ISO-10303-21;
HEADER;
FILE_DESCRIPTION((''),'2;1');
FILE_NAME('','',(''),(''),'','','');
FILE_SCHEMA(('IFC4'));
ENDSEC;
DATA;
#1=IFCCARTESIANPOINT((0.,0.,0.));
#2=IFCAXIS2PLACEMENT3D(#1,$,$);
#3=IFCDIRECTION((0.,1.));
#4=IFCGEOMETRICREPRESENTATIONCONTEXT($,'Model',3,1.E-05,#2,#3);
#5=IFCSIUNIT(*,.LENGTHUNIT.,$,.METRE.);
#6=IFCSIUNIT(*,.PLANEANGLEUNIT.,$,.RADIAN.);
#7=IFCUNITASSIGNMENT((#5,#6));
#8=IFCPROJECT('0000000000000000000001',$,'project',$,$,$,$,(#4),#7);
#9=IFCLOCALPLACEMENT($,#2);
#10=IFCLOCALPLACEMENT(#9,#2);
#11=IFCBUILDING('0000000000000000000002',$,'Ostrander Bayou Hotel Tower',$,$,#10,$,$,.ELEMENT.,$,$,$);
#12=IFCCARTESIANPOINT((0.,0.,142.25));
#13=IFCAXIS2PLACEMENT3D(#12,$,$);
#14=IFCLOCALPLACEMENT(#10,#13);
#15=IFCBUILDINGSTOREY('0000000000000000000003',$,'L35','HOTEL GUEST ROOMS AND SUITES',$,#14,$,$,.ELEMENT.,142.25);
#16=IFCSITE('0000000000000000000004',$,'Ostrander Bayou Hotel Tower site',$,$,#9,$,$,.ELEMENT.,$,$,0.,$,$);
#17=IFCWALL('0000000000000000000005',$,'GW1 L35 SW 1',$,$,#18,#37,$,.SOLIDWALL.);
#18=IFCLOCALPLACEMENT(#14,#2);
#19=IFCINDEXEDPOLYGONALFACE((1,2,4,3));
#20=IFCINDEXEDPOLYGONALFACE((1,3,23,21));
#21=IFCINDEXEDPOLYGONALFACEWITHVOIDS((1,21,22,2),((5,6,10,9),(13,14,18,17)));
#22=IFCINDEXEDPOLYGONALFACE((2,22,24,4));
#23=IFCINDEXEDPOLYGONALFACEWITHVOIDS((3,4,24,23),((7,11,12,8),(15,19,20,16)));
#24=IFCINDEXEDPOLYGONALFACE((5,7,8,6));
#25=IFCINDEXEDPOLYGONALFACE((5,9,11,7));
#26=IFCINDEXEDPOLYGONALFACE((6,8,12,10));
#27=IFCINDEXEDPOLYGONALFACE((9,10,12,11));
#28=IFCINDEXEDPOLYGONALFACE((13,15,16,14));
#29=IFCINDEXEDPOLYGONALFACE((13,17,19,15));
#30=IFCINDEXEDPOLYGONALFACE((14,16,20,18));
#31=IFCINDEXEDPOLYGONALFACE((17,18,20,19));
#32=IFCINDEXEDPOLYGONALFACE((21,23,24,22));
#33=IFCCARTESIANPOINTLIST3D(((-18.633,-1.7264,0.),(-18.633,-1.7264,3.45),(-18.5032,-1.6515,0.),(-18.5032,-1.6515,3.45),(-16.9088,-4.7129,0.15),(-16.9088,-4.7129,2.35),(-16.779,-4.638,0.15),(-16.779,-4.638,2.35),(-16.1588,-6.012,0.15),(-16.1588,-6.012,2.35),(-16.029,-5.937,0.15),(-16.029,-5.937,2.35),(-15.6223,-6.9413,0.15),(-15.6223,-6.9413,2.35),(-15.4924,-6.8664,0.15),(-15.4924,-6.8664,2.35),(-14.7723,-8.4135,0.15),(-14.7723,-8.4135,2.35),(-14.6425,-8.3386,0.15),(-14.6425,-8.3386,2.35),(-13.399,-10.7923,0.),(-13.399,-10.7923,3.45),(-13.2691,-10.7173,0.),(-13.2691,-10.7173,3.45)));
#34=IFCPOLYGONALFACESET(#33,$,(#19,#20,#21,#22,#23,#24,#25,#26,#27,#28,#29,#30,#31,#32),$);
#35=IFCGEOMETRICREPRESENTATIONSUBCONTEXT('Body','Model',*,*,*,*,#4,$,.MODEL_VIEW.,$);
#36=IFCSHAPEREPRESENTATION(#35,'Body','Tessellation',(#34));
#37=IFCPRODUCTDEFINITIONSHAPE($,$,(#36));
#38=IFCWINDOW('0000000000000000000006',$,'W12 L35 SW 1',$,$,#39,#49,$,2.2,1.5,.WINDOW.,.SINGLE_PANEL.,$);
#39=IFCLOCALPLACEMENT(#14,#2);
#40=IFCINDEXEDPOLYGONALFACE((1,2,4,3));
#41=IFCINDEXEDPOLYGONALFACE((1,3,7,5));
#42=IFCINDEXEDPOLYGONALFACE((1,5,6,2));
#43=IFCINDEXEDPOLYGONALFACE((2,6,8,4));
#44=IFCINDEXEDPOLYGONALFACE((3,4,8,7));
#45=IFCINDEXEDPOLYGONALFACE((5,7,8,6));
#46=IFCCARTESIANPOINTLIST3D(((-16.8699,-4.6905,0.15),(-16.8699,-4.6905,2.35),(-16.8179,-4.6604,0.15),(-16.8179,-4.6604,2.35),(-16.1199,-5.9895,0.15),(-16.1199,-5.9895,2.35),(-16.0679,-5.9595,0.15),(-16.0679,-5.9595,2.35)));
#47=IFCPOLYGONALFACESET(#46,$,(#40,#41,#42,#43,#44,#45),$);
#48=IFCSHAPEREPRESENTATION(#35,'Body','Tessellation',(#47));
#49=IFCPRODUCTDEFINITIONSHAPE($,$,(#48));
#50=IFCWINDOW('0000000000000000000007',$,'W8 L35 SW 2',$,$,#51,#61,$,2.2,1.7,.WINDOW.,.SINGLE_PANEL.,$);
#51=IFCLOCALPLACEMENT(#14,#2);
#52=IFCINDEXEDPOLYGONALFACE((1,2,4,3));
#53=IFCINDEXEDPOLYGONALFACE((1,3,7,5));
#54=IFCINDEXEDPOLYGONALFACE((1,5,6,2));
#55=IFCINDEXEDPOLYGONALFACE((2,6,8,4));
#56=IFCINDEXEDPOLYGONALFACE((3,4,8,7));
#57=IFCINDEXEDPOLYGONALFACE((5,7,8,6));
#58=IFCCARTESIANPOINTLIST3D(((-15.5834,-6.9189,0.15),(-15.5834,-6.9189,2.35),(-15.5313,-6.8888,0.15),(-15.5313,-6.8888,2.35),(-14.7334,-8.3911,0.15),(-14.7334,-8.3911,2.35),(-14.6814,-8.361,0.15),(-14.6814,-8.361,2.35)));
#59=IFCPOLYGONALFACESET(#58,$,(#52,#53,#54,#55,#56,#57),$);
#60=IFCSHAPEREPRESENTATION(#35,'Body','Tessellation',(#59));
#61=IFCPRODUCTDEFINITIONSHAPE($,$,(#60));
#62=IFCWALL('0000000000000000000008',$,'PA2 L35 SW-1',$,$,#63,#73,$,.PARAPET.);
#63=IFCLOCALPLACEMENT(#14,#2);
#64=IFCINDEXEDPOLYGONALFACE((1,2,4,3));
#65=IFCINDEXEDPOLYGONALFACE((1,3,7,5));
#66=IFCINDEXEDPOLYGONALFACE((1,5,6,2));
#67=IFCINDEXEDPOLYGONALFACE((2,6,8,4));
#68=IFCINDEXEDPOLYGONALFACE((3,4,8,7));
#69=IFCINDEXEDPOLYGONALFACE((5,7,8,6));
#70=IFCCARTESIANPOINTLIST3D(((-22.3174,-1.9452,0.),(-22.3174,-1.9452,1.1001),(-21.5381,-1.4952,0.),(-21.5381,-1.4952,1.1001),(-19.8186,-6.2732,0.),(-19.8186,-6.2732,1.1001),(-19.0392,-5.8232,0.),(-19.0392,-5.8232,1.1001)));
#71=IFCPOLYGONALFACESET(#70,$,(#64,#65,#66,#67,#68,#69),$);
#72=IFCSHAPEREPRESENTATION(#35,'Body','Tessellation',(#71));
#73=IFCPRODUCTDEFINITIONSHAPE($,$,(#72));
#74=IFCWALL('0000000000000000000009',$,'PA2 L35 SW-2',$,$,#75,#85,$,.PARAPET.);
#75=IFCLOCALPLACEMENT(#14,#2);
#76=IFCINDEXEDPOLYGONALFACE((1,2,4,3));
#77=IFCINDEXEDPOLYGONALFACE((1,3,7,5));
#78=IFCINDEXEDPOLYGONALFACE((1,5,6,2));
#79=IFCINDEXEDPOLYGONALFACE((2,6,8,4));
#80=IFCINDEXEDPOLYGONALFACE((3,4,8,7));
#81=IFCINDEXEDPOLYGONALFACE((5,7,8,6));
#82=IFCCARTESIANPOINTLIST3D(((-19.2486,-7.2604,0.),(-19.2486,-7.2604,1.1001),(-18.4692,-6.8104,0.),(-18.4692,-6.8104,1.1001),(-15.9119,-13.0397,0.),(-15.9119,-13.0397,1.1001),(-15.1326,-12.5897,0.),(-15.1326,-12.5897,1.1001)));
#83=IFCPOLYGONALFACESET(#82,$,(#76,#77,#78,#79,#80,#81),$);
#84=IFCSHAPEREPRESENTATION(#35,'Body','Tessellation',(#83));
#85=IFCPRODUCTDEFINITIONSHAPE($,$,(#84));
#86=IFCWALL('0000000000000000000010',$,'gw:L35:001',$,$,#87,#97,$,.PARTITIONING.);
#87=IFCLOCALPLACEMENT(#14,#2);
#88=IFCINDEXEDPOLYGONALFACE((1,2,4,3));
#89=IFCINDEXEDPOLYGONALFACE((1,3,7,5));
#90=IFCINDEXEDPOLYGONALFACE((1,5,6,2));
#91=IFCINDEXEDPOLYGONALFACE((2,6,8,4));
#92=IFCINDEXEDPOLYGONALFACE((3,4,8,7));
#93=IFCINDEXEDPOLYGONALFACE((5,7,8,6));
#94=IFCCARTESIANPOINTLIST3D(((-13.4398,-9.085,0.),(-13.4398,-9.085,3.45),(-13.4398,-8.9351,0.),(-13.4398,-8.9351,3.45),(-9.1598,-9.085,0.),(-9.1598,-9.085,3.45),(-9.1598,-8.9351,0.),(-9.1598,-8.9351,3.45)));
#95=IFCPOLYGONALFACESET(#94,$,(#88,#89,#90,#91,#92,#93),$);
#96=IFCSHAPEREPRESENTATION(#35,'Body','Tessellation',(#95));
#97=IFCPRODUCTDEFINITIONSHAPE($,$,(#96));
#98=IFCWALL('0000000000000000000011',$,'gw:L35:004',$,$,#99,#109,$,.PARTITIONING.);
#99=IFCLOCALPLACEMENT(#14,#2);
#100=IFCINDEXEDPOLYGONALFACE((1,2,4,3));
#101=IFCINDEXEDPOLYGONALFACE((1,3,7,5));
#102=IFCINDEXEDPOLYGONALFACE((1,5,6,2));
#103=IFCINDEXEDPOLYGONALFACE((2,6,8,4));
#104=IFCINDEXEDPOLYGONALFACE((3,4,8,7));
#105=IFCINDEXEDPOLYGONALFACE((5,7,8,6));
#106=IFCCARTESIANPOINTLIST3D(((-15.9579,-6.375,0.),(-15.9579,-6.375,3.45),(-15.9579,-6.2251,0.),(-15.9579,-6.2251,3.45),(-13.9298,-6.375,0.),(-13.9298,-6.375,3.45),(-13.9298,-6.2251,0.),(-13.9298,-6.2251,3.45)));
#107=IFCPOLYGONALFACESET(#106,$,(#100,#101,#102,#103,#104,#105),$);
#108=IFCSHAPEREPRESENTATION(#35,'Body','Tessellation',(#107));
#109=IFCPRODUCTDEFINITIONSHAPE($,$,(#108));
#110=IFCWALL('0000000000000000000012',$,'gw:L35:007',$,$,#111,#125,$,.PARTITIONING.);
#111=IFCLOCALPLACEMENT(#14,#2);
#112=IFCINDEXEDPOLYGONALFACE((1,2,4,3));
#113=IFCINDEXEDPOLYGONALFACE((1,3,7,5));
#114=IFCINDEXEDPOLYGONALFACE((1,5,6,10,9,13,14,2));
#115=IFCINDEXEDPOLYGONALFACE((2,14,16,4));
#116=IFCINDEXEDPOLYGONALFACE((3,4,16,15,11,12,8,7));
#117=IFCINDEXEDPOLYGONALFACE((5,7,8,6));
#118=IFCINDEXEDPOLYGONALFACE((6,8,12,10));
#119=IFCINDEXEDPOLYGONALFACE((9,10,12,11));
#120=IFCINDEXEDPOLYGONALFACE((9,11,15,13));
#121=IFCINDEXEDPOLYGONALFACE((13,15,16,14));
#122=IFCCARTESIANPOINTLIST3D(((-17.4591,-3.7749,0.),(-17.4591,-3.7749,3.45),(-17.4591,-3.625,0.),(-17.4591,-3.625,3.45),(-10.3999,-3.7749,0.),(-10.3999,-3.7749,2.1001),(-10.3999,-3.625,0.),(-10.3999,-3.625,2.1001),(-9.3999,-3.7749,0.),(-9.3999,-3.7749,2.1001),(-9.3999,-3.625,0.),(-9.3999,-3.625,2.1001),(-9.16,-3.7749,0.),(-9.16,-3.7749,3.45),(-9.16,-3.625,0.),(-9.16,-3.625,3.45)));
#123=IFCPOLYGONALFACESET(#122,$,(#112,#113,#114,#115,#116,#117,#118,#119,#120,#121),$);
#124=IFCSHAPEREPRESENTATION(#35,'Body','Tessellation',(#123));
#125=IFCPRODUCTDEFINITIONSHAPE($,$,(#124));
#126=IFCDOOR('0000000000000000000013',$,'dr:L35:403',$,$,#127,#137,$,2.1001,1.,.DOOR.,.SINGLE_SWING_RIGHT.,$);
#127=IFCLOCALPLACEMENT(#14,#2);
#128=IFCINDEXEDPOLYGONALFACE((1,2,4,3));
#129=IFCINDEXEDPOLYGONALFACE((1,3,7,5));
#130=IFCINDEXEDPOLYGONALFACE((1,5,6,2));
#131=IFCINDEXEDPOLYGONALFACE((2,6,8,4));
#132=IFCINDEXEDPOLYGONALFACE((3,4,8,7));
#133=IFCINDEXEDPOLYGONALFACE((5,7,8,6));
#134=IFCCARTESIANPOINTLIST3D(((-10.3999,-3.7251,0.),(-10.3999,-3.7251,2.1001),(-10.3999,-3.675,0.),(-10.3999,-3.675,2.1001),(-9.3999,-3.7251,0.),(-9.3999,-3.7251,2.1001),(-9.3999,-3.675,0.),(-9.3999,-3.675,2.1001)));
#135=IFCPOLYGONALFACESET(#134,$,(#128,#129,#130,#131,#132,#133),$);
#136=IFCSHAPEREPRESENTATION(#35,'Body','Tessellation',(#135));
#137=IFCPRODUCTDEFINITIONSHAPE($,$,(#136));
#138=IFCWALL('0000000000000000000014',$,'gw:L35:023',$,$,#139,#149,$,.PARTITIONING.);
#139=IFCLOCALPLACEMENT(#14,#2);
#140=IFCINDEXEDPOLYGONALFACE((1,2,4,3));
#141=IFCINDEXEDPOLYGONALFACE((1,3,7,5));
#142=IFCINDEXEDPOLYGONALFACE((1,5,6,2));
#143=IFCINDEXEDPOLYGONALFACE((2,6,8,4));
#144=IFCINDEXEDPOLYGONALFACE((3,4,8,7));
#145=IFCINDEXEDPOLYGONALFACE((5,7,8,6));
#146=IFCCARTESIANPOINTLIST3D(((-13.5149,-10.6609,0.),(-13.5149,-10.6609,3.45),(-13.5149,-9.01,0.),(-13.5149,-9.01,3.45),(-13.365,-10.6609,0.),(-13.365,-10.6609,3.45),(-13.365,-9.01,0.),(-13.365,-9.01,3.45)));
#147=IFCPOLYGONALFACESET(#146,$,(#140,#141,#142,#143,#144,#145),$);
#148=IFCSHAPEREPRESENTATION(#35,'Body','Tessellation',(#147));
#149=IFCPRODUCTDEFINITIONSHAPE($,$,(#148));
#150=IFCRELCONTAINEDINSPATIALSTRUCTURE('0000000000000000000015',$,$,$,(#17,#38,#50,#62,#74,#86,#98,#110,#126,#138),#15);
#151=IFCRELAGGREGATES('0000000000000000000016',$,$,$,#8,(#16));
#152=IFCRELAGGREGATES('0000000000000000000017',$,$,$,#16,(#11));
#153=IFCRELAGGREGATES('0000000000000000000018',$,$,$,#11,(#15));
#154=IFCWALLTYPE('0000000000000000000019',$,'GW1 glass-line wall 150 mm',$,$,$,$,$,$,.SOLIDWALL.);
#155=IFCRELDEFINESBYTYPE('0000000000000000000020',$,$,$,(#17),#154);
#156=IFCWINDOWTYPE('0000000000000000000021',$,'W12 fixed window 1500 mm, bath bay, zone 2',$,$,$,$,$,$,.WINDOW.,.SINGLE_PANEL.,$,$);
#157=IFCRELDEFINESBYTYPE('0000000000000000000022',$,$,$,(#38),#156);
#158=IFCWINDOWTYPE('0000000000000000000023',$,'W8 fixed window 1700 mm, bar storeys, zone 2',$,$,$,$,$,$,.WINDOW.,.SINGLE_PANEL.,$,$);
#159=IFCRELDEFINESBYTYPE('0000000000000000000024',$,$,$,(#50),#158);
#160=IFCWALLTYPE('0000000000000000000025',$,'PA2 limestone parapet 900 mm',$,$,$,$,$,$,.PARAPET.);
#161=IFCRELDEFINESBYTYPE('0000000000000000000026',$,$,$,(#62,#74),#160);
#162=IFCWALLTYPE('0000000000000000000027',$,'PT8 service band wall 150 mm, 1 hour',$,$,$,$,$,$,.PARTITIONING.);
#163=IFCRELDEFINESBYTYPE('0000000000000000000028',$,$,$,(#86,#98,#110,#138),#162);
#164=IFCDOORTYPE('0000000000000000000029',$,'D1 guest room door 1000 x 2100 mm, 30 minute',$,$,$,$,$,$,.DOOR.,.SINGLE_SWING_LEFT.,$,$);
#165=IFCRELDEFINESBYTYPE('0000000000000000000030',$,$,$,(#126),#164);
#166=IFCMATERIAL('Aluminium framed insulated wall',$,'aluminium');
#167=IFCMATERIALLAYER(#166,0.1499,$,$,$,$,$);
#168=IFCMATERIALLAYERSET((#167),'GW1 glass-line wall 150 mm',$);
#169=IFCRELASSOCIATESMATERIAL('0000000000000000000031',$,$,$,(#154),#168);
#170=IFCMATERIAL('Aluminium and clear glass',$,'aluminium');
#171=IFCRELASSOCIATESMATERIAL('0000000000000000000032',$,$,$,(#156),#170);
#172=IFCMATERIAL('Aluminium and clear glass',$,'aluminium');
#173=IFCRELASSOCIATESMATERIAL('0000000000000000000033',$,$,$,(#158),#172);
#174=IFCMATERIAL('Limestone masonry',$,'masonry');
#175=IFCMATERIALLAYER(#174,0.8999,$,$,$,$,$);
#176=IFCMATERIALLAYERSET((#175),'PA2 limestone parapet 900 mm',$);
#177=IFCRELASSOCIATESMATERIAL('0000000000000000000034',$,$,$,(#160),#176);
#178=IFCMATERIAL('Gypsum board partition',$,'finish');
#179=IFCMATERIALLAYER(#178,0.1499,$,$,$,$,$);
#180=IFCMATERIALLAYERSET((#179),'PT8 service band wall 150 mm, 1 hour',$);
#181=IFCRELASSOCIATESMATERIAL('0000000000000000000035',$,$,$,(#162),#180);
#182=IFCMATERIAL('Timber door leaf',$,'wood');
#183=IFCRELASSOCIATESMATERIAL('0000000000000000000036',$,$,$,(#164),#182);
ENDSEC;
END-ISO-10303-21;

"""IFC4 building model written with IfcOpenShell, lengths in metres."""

from ifc_helpers import new_model, si_unit, direction, frame, frame_2d, origin, place, context, subcontext, project, spatial, rectangle, extrude, material, layer, layer_set, type_object, element, fill, save


model = new_model("IFC4")

# Units and contexts
model_context = context("Model", 3, precision=1e-05, world=origin(), true_north=direction((0.0, 1.0)))
body_context = subcontext(model_context, "Body", "Model", "MODEL_VIEW")
ifc_project = project(units=[si_unit("LENGTHUNIT", "METRE"), si_unit("PLANEANGLEUNIT", "RADIAN")], contexts=[model_context])

# Site, building, storey
site_placement = place(None, origin())
site = spatial("IfcSite", under=ifc_project, at=site_placement, Name="Ostrander Bayou Hotel Tower site", CompositionType="ELEMENT", RefElevation=0.0)
building_placement = place(site_placement, origin())
building = spatial("IfcBuilding", under=site, at=building_placement, Name="Ostrander Bayou Hotel Tower", CompositionType="ELEMENT")
storey_placement = place(building_placement, frame((0.0, 0.0, 142.25)))
storey = spatial("IfcBuildingStorey", under=building, at=storey_placement, Name="L35", Description="HOTEL GUEST ROOMS AND SUITES", CompositionType="ELEMENT", Elevation=142.25)

# Wall, openings, windows
ifc_material_1 = material(Name="Aluminium framed insulated wall", Category="aluminium")
ifc_layer_1 = layer(ifc_material_1, 0.1499)
ifc_layer_set_1 = layer_set([ifc_layer_1], Name="GW1 glass-line wall 150 mm")
wall_type_1 = type_object("IfcWallType", Name="GW1 glass-line wall 150 mm", PredefinedType="SOLIDWALL", material=ifc_layer_set_1)
wall_1_placement = place(storey_placement, frame((-18.5681, -1.689, 0.0), z_axis=(0.0, 0.0, 1.0), x_axis=(0.499994, -0.866029, 0.0)))
wall_1 = element("IfcWall", 1, at=wall_1_placement, inside=storey, type_object=wall_type_1, Name="GW1 L35 SW 1", PredefinedType="SOLIDWALL", context=body_context, shape_type="SweptSolid", body=[
    extrude(rectangle(XDim=10.4683, YDim=0.1499, at=frame_2d((5.2341, 0.0))), origin(), (0.0, 0.0, 1.0), 3.45),
])
opening_1_placement = place(wall_1_placement, frame((3.4485, 0.0, 0.1499)))
opening_1 = element("IfcOpeningElement", 2, at=opening_1_placement, cuts=wall_1, PredefinedType="OPENING", context=body_context, shape_type="SweptSolid", body=[
    extrude(rectangle(XDim=1.5, YDim=2.2, at=frame_2d((0.75, 1.1001))), frame((0.0, 0.075, 0.0), z_axis=(0.0, -1.0, 0.0), x_axis=(1.0, 0.0, 0.0)), (0.0, 0.0, 1.0), 0.1499),
])
opening_2_placement = place(wall_1_placement, frame((6.0215, 0.0, 0.1499)))
opening_2 = element("IfcOpeningElement", 3, at=opening_2_placement, cuts=wall_1, PredefinedType="OPENING", context=body_context, shape_type="SweptSolid", body=[
    extrude(rectangle(XDim=1.7, YDim=2.2, at=frame_2d((0.8501, 1.1001))), frame((0.0, 0.075, 0.0), z_axis=(0.0, -1.0, 0.0), x_axis=(1.0, 0.0, 0.0)), (0.0, 0.0, 1.0), 0.1499),
])
ifc_material_2 = material(Name="Aluminium and clear glass", Category="aluminium")
window_type_1 = type_object("IfcWindowType", Name="W12 fixed window 1500 mm, bath bay, zone 2", PartitioningType="SINGLE_PANEL", PredefinedType="WINDOW", material=ifc_material_2)
window_1_placement = place(opening_1_placement, origin())
window_1 = element("IfcWindow", 4, at=window_1_placement, inside=storey, type_object=window_type_1, Name="W12 L35 SW 1", OverallHeight=2.2, OverallWidth=1.5, PartitioningType="SINGLE_PANEL", PredefinedType="WINDOW", context=body_context, shape_type="SweptSolid", body=[
    extrude(rectangle(XDim=1.5, YDim=2.2, at=frame_2d((0.75, 1.1001))), frame((0.0, 0.03, 0.0), z_axis=(0.0, -1.0, 0.0), x_axis=(1.0, 0.0, 0.0)), (0.0, 0.0, 1.0), 0.0601),
])
fill(opening_1, window_1)
ifc_material_3 = material(Name="Aluminium and clear glass", Category="aluminium")
window_type_2 = type_object("IfcWindowType", Name="W8 fixed window 1700 mm, bar storeys, zone 2", PartitioningType="SINGLE_PANEL", PredefinedType="WINDOW", material=ifc_material_3)
window_2_placement = place(opening_2_placement, origin())
window_2 = element("IfcWindow", 5, at=window_2_placement, inside=storey, type_object=window_type_2, Name="W8 L35 SW 2", OverallHeight=2.2, OverallWidth=1.7, PartitioningType="SINGLE_PANEL", PredefinedType="WINDOW", context=body_context, shape_type="SweptSolid", body=[
    extrude(rectangle(XDim=1.7, YDim=2.2, at=frame_2d((0.8501, 1.1001))), frame((0.0, 0.03, 0.0), z_axis=(0.0, -1.0, 0.0), x_axis=(1.0, 0.0, 0.0)), (0.0, 0.0, 1.0), 0.0601),
])
fill(opening_2, window_2)

# Walls
ifc_material_4 = material(Name="Limestone masonry", Category="masonry")
ifc_layer_2 = layer(ifc_material_4, 0.8999)
ifc_layer_set_2 = layer_set([ifc_layer_2], Name="PA2 limestone parapet 900 mm")
wall_type_2 = type_object("IfcWallType", Name="PA2 limestone parapet 900 mm", PredefinedType="PARAPET", material=ifc_layer_set_2)
wall_2_placement = place(storey_placement, frame((-21.9277, -1.7202, 0.0), z_axis=(0.0, 0.0, 1.0), x_axis=(0.500011, -0.866019, 0.0)))
element("IfcWall", 6, at=wall_2_placement, inside=storey, type_object=wall_type_2, Name="PA2 L35 SW-1", PredefinedType="PARAPET", context=body_context, shape_type="SweptSolid", body=[
    extrude(rectangle(XDim=4.9976, YDim=0.8999, at=frame_2d((2.4988, 0.0))), origin(), (0.0, 0.0, 1.0), 1.1001),
])
wall_3_placement = place(storey_placement, frame((-18.8589, -7.0354, 0.0), z_axis=(0.0, 0.0, 1.0), x_axis=(0.499999, -0.866026, 0.0)))
element("IfcWall", 7, at=wall_3_placement, inside=storey, type_object=wall_type_2, Name="PA2 L35 SW-2", PredefinedType="PARAPET", context=body_context, shape_type="SweptSolid", body=[
    extrude(rectangle(XDim=6.6733, YDim=0.8999, at=frame_2d((3.3367, 0.0))), origin(), (0.0, 0.0, 1.0), 1.1001),
])
ifc_material_5 = material(Name="Gypsum board partition", Category="finish")
ifc_layer_3 = layer(ifc_material_5, 0.1499)
ifc_layer_set_3 = layer_set([ifc_layer_3], Name="PT8 service band wall 150 mm, 1 hour")
wall_type_3 = type_object("IfcWallType", Name="PT8 service band wall 150 mm, 1 hour", PredefinedType="PARTITIONING", material=ifc_layer_set_3)
wall_4_placement = place(storey_placement, frame((-13.4399, -9.01, 0.0), z_axis=(0.0, 0.0, 1.0), x_axis=(1.0, 0.0, 0.0)))
element("IfcWall", 8, at=wall_4_placement, inside=storey, type_object=wall_type_3, Name="gw:L35:001", PredefinedType="PARTITIONING", context=body_context, shape_type="SweptSolid", body=[
    extrude(rectangle(XDim=4.28, YDim=0.1499, at=frame_2d((2.1401, 0.0))), origin(), (0.0, 0.0, 1.0), 3.45),
])
wall_5_placement = place(storey_placement, frame((-15.958, -6.3, 0.0), z_axis=(0.0, 0.0, 1.0), x_axis=(1.0, 0.0, 0.0)))
element("IfcWall", 9, at=wall_5_placement, inside=storey, type_object=wall_type_3, Name="gw:L35:004", PredefinedType="PARTITIONING", context=body_context, shape_type="SweptSolid", body=[
    extrude(rectangle(XDim=2.0281, YDim=0.1499, at=frame_2d((1.0142, 0.0))), origin(), (0.0, 0.0, 1.0), 3.45),
])

# Wall, opening, door
wall_6_placement = place(storey_placement, frame((-17.459, -3.7, 0.0), z_axis=(0.0, 0.0, 1.0), x_axis=(1.0, 0.0, 0.0)))
wall_6 = element("IfcWall", 10, at=wall_6_placement, inside=storey, type_object=wall_type_3, Name="gw:L35:007", PredefinedType="PARTITIONING", context=body_context, shape_type="SweptSolid", body=[
    extrude(rectangle(XDim=8.2991, YDim=0.1499, at=frame_2d((4.1494, 0.0))), origin(), (0.0, 0.0, 1.0), 3.45),
])
opening_3_placement = place(wall_6_placement, frame((7.0591, 0.0, 0.0)))
opening_3 = element("IfcOpeningElement", 11, at=opening_3_placement, cuts=wall_6, PredefinedType="OPENING", context=body_context, shape_type="SweptSolid", body=[
    extrude(rectangle(XDim=1.0, YDim=2.1001, at=frame_2d((0.5, 1.05))), frame((0.0, 0.075, 0.0), z_axis=(0.0, -1.0, 0.0), x_axis=(1.0, 0.0, 0.0)), (0.0, 0.0, 1.0), 0.1499),
])
ifc_material_6 = material(Name="Timber door leaf", Category="wood")
door_type_1 = type_object("IfcDoorType", Name="D1 guest room door 1000 x 2100 mm, 30 minute", OperationType="SINGLE_SWING_LEFT", PredefinedType="DOOR", material=ifc_material_6)
door_1_placement = place(opening_3_placement, origin())
door_1 = element("IfcDoor", 12, at=door_1_placement, inside=storey, type_object=door_type_1, Name="dr:L35:403", OperationType="SINGLE_SWING_RIGHT", OverallHeight=2.1001, OverallWidth=1.0, PredefinedType="DOOR", context=body_context, shape_type="SweptSolid", body=[
    extrude(rectangle(XDim=1.0, YDim=2.1001, at=frame_2d((0.5, 1.05))), frame((0.0, 0.0249, 0.0), z_axis=(0.0, -1.0, 0.0), x_axis=(1.0, 0.0, 0.0)), (0.0, 0.0, 1.0), 0.05),
])
fill(opening_3, door_1)

# Wall
wall_7_placement = place(storey_placement, frame((-13.4399, -10.6609, 0.0), z_axis=(0.0, 0.0, 1.0), x_axis=(0.0, 1.0, 0.0)))
element("IfcWall", 13, at=wall_7_placement, inside=storey, type_object=wall_type_3, Name="gw:L35:023", PredefinedType="PARTITIONING", context=body_context, shape_type="SweptSolid", body=[
    extrude(rectangle(XDim=1.6509, YDim=0.1499, at=frame_2d((0.8254, 0.0))), origin(), (0.0, 0.0, 1.0), 3.45),
])

save(model, "model.ifc")
